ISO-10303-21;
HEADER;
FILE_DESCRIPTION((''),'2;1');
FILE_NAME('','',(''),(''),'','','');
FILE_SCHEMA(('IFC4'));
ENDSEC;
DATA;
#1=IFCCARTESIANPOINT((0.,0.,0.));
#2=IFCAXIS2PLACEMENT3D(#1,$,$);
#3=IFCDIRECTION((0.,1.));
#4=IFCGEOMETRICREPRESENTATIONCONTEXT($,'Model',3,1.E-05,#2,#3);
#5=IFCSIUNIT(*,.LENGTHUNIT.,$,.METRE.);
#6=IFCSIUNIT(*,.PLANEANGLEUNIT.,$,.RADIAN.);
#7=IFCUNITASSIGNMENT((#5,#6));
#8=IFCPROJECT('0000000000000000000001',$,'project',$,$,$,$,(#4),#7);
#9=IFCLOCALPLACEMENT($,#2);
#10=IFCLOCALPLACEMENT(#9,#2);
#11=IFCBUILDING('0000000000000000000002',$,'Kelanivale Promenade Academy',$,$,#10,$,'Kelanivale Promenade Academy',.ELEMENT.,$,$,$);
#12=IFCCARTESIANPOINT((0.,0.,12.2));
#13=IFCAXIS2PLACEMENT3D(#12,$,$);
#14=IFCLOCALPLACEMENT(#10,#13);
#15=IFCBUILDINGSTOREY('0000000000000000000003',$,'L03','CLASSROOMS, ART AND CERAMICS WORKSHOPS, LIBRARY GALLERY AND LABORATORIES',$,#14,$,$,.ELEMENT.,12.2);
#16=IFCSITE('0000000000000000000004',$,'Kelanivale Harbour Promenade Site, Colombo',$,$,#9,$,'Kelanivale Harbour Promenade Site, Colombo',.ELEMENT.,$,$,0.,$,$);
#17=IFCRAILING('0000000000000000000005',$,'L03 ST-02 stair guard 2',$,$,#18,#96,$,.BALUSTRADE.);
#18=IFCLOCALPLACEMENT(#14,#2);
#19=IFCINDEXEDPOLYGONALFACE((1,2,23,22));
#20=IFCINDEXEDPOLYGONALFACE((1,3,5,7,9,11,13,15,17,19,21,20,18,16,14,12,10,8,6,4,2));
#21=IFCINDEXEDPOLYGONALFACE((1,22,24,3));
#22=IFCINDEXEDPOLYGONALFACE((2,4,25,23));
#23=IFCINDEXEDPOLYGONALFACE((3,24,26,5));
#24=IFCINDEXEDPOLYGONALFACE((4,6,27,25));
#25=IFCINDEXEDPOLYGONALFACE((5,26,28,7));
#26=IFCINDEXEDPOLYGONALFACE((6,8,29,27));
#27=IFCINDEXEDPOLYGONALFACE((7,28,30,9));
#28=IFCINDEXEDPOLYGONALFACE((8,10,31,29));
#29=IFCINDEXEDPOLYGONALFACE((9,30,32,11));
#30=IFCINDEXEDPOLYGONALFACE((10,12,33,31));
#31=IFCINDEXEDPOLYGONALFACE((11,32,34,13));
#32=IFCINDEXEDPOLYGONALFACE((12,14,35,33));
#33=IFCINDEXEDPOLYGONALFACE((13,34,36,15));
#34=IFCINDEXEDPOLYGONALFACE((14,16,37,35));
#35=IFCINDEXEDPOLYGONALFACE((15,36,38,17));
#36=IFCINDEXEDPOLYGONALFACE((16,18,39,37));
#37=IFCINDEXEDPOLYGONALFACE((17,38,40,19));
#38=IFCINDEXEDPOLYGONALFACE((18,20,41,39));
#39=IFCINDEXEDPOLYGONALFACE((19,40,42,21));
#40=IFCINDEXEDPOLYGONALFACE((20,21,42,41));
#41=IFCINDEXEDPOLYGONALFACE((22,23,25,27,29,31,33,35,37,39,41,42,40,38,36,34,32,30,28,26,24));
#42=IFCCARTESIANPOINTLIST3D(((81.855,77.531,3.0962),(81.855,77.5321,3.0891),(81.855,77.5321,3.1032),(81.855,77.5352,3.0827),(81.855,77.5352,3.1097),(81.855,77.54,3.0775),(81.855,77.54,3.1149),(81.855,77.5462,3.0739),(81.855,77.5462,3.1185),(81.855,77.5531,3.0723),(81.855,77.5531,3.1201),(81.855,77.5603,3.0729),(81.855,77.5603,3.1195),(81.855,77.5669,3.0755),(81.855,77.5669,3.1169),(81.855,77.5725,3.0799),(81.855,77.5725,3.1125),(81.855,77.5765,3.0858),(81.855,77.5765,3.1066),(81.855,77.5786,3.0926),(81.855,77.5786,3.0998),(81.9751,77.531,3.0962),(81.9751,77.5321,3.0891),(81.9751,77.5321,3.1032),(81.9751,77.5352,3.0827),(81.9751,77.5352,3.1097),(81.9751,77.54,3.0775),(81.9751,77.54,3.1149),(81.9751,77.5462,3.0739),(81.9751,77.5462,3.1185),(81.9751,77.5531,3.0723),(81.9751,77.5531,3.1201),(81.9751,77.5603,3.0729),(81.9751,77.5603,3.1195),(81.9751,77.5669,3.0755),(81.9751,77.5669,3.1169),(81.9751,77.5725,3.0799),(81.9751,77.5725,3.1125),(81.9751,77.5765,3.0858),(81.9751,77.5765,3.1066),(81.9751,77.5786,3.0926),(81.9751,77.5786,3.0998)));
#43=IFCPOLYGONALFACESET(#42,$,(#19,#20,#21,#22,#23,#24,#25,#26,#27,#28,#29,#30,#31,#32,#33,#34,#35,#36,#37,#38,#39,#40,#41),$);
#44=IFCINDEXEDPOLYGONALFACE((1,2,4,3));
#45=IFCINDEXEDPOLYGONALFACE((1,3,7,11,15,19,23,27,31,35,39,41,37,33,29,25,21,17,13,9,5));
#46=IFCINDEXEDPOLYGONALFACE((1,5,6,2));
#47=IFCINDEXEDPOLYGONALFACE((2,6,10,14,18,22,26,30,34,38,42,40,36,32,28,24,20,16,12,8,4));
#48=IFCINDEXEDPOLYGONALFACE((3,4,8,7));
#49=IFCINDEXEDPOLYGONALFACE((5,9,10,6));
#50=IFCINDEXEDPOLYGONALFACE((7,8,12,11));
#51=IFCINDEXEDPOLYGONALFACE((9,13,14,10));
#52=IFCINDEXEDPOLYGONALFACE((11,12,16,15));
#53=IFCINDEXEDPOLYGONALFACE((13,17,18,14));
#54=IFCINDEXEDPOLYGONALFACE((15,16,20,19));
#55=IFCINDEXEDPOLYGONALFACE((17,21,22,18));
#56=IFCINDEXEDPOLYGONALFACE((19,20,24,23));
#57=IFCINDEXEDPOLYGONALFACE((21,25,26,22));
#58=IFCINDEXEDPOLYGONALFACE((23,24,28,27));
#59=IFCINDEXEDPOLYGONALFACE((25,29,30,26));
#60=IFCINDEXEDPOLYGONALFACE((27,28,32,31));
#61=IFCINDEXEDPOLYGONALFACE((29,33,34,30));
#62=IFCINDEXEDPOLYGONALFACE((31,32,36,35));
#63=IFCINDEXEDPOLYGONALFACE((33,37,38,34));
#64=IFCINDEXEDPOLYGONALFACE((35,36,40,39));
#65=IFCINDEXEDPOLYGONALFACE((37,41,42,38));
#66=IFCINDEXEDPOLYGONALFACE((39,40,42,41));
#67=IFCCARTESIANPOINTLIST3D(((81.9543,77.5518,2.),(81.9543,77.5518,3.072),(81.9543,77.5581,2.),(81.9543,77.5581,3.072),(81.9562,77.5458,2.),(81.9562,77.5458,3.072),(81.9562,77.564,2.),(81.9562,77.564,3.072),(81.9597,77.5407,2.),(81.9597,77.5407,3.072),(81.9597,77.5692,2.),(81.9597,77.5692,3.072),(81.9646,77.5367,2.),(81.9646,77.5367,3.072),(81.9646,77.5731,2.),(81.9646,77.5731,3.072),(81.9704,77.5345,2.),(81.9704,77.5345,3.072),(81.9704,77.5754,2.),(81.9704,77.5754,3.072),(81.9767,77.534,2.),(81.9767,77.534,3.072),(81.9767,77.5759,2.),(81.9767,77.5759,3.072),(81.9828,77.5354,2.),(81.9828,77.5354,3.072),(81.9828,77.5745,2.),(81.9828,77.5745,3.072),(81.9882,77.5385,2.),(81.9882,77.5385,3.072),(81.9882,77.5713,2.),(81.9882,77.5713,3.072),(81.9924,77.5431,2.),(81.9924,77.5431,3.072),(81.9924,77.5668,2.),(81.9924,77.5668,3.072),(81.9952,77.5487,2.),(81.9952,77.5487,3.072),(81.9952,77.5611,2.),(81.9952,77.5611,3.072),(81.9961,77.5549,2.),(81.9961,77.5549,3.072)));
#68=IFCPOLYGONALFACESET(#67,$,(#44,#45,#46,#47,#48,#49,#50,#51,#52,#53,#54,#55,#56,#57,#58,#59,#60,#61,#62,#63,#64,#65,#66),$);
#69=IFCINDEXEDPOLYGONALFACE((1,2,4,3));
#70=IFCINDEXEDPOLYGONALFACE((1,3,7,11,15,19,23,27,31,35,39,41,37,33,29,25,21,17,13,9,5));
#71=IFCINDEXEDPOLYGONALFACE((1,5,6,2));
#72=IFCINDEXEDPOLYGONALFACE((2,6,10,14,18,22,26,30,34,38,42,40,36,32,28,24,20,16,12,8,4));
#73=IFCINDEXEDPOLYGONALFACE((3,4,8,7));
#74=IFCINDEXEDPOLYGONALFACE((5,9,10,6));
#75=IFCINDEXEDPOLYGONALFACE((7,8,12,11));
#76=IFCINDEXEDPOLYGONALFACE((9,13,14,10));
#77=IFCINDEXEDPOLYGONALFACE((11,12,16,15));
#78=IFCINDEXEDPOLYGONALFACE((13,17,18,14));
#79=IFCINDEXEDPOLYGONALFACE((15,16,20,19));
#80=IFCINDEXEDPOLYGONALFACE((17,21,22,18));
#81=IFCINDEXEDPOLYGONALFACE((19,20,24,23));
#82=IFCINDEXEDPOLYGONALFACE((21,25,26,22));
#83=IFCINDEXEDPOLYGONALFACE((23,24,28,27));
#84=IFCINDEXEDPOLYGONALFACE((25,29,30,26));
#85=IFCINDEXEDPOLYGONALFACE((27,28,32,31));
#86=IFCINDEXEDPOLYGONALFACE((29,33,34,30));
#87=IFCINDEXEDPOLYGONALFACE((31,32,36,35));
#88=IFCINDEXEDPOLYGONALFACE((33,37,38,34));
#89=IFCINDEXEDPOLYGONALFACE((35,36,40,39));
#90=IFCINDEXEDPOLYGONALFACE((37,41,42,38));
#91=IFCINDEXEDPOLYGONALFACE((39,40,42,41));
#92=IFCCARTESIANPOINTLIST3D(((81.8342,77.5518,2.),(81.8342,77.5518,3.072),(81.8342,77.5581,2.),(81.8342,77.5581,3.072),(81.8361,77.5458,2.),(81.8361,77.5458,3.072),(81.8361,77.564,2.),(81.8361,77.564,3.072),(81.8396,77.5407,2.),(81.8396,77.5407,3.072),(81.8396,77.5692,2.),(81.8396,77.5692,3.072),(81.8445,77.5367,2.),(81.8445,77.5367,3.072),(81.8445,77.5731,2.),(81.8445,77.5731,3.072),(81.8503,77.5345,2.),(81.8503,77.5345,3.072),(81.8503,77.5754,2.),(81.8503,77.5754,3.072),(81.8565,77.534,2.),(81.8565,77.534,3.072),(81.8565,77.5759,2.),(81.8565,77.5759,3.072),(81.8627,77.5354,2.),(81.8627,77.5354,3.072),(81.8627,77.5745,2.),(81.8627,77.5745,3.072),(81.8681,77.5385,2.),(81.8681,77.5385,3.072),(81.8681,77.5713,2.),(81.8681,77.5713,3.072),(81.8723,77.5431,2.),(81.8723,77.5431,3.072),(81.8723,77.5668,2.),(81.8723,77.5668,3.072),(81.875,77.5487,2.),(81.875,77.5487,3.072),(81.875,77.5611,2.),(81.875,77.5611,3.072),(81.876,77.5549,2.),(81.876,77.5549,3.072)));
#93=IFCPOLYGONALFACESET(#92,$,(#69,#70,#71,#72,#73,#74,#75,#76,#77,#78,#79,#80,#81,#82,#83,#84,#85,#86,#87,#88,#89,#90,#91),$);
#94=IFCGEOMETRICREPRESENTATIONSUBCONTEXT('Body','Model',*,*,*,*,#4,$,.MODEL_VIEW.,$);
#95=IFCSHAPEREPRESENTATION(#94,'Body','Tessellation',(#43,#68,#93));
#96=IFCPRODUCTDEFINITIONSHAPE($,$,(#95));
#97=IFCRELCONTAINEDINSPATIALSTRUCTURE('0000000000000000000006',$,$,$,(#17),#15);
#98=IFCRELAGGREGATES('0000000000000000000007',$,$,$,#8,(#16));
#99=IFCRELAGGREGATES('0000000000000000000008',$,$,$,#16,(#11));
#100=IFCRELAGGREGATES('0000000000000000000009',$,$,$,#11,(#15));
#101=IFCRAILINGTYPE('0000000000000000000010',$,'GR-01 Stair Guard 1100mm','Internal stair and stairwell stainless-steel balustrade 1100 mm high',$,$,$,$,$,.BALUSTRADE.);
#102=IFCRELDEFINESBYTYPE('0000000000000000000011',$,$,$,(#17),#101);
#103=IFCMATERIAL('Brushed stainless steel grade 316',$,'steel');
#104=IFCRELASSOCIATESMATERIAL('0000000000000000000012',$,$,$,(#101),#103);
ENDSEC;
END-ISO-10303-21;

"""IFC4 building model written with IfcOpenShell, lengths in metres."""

from ifc_helpers import new_model, si_unit, direction, frame, origin, origin_2d, place, context, subcontext, project, spatial, circle, extrude, material, type_object, element, save


model = new_model("IFC4")

# Units and contexts
model_context = context("Model", 3, precision=1e-05, world=origin(), true_north=direction((0.0, 1.0)))
body_context = subcontext(model_context, "Body", "Model", "MODEL_VIEW")
ifc_project = project(units=[si_unit("LENGTHUNIT", "METRE"), si_unit("PLANEANGLEUNIT", "RADIAN")], contexts=[model_context])

# Site, building, storey
site_placement = place(None, origin())
site = spatial("IfcSite", under=ifc_project, at=site_placement, Name="Kelanivale Harbour Promenade Site, Colombo", LongName="Kelanivale Harbour Promenade Site, Colombo", CompositionType="ELEMENT", RefElevation=0.0)
building_placement = place(site_placement, origin())
building = spatial("IfcBuilding", under=site, at=building_placement, Name="Kelanivale Promenade Academy", LongName="Kelanivale Promenade Academy", CompositionType="ELEMENT")
storey_placement = place(building_placement, frame((0.0, 0.0, 12.2)))
storey = spatial("IfcBuildingStorey", under=building, at=storey_placement, Name="L03", Description="CLASSROOMS, ART AND CERAMICS WORKSHOPS, LIBRARY GALLERY AND LABORATORIES", CompositionType="ELEMENT", Elevation=12.2)

# Railing
ifc_material_1 = material(Name="Brushed stainless steel grade 316", Category="steel")
railing_type_1 = type_object("IfcRailingType", Name="GR-01 Stair Guard 1100mm", Description="Internal stair and stairwell stainless-steel balustrade 1100 mm high", PredefinedType="BALUSTRADE", material=ifc_material_1)
railing_1_placement = place(storey_placement, frame((81.9751, 77.5549, 2.0)))
element("IfcRailing", 1, at=railing_1_placement, inside=storey, type_object=railing_type_1, Name="L03 ST-02 stair guard 2", PredefinedType="BALUSTRADE", context=body_context, shape_type="SweptSolid", body=[
    extrude(circle(Radius=0.0239, at=origin_2d()), frame((0.0, 0.0, 1.0962), z_axis=(-1.0, 0.0, 0.0), x_axis=(0.0, -1.0, 0.0)), (0.0, 0.0, 1.0), 0.1201),
    extrude(circle(Radius=0.021, at=origin_2d()), origin(), (0.0, 0.0, 1.0), 1.072),
    extrude(circle(Radius=0.021, at=origin_2d()), frame((-0.1201, 0.0, 0.0)), (0.0, 0.0, 1.0), 1.072),
])

save(model, "model.ifc")
